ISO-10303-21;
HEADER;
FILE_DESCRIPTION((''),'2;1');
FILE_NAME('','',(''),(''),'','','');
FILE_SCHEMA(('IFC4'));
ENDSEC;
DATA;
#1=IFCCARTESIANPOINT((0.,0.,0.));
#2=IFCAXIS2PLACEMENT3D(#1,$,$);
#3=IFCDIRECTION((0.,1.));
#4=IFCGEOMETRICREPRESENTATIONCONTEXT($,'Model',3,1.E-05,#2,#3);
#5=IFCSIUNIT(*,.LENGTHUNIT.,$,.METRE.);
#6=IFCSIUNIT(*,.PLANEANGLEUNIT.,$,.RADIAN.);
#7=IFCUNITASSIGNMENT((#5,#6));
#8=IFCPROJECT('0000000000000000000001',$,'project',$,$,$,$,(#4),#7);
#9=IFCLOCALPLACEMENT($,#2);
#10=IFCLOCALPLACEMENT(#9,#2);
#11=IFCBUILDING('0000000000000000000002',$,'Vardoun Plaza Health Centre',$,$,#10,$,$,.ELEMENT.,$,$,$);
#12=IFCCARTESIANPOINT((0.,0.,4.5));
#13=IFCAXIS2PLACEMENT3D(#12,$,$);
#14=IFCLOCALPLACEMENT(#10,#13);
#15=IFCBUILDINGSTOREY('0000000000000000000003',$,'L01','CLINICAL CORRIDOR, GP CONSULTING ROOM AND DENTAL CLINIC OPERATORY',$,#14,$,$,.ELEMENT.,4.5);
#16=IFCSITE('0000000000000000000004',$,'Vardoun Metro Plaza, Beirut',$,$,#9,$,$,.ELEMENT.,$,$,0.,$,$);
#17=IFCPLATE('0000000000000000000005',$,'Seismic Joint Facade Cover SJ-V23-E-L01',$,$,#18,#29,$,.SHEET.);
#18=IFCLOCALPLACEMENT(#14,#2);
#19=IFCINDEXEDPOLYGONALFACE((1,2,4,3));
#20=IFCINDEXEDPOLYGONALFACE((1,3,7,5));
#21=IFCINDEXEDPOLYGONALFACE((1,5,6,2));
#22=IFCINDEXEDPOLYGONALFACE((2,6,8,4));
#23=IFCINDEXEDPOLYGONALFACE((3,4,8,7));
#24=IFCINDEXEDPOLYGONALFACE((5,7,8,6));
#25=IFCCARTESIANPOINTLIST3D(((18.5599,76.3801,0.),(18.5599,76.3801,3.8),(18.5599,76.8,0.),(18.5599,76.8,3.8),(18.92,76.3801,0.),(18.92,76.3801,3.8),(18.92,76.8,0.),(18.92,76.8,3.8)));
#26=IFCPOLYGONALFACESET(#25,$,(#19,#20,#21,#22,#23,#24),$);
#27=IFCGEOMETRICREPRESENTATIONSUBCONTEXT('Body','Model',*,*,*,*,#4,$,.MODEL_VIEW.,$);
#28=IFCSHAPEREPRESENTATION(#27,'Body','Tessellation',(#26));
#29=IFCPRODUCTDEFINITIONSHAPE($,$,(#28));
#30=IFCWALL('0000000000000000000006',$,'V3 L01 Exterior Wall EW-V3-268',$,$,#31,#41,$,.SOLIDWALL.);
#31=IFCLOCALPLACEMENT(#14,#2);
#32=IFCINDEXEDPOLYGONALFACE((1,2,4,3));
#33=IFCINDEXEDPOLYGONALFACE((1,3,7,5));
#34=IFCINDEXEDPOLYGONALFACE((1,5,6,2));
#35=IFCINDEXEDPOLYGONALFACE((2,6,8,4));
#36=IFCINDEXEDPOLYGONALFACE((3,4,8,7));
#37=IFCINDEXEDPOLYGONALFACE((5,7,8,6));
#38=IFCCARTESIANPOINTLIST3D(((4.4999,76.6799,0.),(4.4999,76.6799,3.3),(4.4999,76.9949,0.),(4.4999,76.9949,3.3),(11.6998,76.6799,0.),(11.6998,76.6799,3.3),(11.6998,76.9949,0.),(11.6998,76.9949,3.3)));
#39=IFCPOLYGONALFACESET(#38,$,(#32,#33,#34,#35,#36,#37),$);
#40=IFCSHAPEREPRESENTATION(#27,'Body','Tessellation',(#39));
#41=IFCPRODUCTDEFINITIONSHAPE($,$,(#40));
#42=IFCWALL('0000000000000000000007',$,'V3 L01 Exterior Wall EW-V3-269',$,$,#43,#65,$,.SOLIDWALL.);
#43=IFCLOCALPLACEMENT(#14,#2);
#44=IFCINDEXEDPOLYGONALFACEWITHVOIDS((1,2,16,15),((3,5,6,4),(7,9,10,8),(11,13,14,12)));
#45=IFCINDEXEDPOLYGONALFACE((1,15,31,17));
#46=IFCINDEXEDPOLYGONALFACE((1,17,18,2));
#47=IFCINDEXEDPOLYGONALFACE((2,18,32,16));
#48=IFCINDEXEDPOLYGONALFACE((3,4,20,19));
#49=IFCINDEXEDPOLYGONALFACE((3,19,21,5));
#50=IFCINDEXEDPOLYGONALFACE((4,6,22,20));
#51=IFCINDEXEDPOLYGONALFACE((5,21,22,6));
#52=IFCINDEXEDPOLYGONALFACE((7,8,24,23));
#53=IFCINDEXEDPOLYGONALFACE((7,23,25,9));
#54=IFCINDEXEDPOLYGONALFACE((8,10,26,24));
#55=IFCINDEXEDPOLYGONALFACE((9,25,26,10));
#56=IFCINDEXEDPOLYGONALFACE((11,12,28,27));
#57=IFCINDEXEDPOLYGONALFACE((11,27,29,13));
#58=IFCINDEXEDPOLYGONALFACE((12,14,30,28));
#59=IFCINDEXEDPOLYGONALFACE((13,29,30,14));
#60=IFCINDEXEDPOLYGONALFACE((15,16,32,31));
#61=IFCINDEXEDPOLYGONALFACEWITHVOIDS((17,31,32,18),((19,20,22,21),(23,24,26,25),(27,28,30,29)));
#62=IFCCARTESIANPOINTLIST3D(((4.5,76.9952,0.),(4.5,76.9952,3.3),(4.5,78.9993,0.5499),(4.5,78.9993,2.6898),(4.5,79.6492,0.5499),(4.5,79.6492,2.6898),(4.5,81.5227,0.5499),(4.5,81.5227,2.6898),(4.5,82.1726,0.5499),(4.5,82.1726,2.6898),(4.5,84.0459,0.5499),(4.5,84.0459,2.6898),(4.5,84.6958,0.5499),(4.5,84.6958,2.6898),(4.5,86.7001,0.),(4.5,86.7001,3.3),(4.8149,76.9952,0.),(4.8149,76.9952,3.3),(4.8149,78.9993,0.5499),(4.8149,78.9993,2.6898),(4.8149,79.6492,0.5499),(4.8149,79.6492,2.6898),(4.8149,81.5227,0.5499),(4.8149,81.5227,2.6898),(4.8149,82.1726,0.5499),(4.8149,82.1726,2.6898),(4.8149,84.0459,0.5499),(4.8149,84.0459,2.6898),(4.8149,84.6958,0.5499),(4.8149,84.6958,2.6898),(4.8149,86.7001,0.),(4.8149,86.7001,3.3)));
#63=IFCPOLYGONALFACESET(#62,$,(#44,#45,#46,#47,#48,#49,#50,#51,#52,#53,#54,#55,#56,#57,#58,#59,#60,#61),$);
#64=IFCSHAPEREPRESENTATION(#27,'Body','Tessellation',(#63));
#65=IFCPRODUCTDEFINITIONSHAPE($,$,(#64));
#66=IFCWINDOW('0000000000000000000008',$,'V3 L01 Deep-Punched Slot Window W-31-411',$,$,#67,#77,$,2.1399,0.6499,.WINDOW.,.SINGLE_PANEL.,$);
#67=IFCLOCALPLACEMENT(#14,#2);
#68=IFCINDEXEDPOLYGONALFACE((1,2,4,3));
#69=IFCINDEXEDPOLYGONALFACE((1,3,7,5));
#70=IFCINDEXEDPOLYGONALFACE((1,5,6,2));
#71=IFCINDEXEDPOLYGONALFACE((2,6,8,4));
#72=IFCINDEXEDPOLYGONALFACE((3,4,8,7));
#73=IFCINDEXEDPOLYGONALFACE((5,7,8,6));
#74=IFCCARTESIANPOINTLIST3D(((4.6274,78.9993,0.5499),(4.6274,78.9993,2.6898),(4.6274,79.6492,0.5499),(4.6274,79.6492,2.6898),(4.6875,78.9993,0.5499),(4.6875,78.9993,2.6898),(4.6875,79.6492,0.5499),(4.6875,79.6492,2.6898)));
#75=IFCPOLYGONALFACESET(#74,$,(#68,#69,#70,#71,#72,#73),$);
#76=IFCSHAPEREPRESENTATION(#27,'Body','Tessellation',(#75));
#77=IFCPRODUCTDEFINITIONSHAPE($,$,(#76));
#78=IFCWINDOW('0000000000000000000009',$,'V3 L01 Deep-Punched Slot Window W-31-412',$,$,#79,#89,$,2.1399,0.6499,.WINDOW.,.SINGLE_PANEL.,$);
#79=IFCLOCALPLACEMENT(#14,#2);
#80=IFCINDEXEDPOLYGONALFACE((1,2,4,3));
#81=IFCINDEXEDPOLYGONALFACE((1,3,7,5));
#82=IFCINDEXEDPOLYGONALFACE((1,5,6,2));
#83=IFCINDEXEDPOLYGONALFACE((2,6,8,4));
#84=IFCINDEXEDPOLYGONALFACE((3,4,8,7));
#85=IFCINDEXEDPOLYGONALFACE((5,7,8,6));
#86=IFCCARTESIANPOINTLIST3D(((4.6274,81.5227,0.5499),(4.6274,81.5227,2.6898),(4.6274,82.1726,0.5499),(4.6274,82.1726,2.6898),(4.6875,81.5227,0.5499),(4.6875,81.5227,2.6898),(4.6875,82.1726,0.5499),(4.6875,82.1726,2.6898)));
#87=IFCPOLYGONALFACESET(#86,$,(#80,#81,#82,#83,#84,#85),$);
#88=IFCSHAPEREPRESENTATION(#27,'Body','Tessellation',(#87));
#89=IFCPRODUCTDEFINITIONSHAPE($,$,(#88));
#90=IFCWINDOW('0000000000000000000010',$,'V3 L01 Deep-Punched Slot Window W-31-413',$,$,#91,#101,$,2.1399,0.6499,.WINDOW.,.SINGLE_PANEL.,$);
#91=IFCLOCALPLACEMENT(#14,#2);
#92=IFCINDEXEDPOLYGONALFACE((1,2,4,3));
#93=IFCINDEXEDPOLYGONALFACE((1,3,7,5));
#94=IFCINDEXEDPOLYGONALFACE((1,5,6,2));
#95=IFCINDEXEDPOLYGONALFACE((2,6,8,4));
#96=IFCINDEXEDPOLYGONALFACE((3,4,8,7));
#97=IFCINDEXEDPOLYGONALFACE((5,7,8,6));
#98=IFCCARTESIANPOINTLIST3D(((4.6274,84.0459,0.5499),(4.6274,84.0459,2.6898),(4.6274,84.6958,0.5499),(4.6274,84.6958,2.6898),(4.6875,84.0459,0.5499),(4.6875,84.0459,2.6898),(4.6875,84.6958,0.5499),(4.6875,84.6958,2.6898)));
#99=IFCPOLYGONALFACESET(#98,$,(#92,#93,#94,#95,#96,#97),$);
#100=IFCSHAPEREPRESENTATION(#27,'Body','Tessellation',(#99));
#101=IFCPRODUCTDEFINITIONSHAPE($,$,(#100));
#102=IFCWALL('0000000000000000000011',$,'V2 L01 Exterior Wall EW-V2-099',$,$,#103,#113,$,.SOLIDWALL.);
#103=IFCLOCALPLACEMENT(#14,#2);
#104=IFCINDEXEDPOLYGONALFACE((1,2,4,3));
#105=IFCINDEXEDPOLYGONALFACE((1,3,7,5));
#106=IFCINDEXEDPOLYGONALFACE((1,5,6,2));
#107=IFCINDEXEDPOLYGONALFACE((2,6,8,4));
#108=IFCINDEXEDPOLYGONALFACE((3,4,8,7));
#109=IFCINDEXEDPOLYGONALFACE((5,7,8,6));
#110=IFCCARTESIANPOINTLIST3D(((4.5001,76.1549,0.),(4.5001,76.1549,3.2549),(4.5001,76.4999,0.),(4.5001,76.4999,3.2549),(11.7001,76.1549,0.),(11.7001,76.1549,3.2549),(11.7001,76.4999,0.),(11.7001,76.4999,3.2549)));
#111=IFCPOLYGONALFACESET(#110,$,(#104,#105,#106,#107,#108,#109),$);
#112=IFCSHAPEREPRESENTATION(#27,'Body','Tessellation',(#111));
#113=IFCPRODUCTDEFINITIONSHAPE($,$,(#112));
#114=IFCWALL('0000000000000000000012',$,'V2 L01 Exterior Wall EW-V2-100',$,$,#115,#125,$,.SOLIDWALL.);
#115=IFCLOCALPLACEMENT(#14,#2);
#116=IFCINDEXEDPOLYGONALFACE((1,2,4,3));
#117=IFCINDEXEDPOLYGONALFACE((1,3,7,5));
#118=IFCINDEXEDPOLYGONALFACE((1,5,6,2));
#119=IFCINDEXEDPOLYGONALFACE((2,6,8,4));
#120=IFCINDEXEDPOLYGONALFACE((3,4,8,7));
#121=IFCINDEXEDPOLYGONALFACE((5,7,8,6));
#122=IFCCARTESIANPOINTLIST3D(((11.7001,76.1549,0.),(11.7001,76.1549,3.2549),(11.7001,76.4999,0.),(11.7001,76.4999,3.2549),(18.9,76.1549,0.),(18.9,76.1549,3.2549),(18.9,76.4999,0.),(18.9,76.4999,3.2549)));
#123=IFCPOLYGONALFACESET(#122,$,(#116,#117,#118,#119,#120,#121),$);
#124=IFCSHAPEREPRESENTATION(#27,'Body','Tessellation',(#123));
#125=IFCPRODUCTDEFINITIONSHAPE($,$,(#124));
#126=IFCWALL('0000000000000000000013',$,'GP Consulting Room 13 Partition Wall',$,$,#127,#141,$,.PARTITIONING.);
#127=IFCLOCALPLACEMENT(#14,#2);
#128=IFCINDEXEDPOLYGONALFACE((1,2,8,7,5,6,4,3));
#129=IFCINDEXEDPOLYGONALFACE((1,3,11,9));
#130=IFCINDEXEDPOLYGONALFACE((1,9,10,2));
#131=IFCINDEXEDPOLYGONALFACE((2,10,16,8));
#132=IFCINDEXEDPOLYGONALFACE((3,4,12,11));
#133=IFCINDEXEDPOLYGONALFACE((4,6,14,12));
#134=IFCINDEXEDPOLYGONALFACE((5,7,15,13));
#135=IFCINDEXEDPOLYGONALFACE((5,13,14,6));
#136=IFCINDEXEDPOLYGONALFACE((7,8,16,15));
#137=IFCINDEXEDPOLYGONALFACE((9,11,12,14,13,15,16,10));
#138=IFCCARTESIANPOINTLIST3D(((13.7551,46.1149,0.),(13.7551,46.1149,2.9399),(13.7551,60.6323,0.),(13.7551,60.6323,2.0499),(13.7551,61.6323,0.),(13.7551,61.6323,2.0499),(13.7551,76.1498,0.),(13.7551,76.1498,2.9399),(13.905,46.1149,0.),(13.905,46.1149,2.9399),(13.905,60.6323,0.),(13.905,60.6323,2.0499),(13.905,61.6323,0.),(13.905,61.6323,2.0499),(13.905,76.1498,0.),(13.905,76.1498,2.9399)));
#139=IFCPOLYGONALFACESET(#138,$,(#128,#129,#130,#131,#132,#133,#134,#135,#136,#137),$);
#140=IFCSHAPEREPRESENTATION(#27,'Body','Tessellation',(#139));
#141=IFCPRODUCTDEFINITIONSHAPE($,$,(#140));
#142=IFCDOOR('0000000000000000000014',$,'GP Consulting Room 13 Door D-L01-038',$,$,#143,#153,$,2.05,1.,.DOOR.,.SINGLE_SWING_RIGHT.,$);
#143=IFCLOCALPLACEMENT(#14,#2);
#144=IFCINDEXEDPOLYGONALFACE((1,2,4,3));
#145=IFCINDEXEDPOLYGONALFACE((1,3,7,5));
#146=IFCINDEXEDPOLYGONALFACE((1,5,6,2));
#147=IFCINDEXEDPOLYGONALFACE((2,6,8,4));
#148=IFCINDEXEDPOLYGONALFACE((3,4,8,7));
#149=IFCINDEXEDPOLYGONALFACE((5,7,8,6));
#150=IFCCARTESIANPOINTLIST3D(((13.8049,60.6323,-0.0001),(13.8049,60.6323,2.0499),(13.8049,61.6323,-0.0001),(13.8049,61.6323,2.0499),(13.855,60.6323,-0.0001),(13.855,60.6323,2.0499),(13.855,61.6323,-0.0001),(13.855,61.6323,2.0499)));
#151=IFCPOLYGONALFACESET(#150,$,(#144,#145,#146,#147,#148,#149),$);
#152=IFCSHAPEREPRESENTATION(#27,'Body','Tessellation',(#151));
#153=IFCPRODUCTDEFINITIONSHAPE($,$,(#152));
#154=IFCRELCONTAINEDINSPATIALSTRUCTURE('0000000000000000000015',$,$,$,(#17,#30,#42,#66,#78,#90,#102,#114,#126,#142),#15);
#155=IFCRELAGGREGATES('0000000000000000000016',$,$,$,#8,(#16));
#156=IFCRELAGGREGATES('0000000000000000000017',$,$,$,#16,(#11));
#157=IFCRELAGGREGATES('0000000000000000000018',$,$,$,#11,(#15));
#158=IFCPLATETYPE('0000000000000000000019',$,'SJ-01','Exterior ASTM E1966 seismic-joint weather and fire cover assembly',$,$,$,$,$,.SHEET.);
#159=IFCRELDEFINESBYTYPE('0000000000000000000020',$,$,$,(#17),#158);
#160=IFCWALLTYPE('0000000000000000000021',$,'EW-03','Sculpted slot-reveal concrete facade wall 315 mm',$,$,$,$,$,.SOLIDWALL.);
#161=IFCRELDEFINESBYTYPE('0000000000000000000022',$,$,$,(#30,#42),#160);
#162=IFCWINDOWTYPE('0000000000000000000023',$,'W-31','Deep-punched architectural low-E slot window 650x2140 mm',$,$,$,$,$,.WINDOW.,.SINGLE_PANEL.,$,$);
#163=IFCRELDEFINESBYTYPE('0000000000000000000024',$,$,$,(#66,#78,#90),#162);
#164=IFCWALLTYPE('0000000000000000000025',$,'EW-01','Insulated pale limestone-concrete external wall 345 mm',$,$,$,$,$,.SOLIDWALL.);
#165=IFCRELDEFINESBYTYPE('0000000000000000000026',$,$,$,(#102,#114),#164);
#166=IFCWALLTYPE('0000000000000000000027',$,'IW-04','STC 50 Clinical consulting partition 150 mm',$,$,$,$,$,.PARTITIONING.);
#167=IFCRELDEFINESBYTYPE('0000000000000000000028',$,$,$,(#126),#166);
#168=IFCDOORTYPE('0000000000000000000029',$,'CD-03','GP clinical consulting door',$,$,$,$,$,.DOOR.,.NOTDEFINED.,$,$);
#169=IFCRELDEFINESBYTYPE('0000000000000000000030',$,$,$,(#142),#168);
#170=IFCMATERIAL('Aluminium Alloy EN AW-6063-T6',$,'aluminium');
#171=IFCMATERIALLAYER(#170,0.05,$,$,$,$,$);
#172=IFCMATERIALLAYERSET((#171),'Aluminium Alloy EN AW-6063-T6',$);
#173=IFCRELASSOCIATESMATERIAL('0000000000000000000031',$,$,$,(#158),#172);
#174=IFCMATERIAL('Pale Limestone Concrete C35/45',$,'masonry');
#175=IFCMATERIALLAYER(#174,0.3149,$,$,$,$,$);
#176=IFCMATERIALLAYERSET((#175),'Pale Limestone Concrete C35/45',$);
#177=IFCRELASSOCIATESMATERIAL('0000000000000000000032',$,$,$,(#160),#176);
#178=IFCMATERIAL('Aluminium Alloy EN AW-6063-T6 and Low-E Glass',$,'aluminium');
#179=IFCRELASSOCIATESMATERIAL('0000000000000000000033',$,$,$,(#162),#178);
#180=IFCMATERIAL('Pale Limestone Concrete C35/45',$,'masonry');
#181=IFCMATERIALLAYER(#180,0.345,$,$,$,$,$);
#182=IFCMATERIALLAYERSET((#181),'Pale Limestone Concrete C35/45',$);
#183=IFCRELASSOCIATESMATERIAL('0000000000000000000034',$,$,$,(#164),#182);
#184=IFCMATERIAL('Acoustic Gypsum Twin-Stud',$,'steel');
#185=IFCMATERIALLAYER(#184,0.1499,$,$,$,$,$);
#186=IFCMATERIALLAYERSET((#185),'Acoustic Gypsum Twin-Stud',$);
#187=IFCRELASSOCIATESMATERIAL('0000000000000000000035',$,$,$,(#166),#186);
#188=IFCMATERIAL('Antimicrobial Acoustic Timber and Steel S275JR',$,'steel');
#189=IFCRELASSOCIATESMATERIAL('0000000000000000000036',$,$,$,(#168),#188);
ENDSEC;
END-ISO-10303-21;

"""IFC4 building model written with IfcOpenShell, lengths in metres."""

from ifc_helpers import new_model, si_unit, direction, frame, frame_2d, origin, origin_2d, place, context, subcontext, project, spatial, rectangle, extrude, material, layer, layer_set, type_object, element, fill, save


model = new_model("IFC4")

# Units and contexts
model_context = context("Model", 3, precision=1e-05, world=origin(), true_north=direction((0.0, 1.0)))
body_context = subcontext(model_context, "Body", "Model", "MODEL_VIEW")
ifc_project = project(units=[si_unit("LENGTHUNIT", "METRE"), si_unit("PLANEANGLEUNIT", "RADIAN")], contexts=[model_context])

# Site, building, storey
site_placement = place(None, origin())
site = spatial("IfcSite", under=ifc_project, at=site_placement, Name="Vardoun Metro Plaza, Beirut", CompositionType="ELEMENT", RefElevation=0.0)
building_placement = place(site_placement, origin())
building = spatial("IfcBuilding", under=site, at=building_placement, Name="Vardoun Plaza Health Centre", CompositionType="ELEMENT")
storey_placement = place(building_placement, frame((0.0, 0.0, 4.5)))
storey = spatial("IfcBuildingStorey", under=building, at=storey_placement, Name="L01", Description="CLINICAL CORRIDOR, GP CONSULTING ROOM AND DENTAL CLINIC OPERATORY", CompositionType="ELEMENT", Elevation=4.5)

# Plate
ifc_material_1 = material(Name="Aluminium Alloy EN AW-6063-T6", Category="aluminium")
ifc_layer_1 = layer(ifc_material_1, 0.05)
ifc_layer_set_1 = layer_set([ifc_layer_1], Name="Aluminium Alloy EN AW-6063-T6")
plate_type_1 = type_object("IfcPlateType", Name="SJ-01", Description="Exterior ASTM E1966 seismic-joint weather and fire cover assembly", PredefinedType="SHEET", material=ifc_layer_set_1)
for number, where, z_axis, x_axis, name in (
    (1, (18.74, 76.5901, 0.0), (0.0, 0.0, 1.0), (1.0, 0.0, 0.0), "Seismic Joint Facade Cover SJ-V23-E-L01"),
):
    element("IfcPlate", number, at=place(storey_placement, frame(where, z_axis=z_axis, x_axis=x_axis)), inside=storey, type_object=plate_type_1, Name=name, PredefinedType="SHEET", context=body_context, shape_type="SweptSolid", body=[
        extrude(rectangle(XDim=0.3601, YDim=0.4199, at=origin_2d()), origin(), (0.0, 0.0, 1.0), 3.8),
    ])

# Wall
ifc_material_2 = material(Name="Pale Limestone Concrete C35/45", Category="masonry")
ifc_layer_2 = layer(ifc_material_2, 0.3149)
ifc_layer_set_2 = layer_set([ifc_layer_2], Name="Pale Limestone Concrete C35/45")
wall_type_1 = type_object("IfcWallType", Name="EW-03", Description="Sculpted slot-reveal concrete facade wall 315 mm", PredefinedType="SOLIDWALL", material=ifc_layer_set_2)
wall_1_placement = place(storey_placement, frame((11.7, 76.8374, 0.0), z_axis=(0.0, 0.0, 1.0), x_axis=(-1.0, 0.0, 0.0)))
element("IfcWall", 2, at=wall_1_placement, inside=storey, type_object=wall_type_1, Name="V3 L01 Exterior Wall EW-V3-268", PredefinedType="SOLIDWALL", context=body_context, shape_type="SweptSolid", body=[
    extrude(rectangle(XDim=7.2, YDim=0.3149, at=frame_2d((3.6001, 0.0))), origin(), (0.0, 0.0, 1.0), 3.3),
])

# Wall, openings, windows
wall_2_placement = place(storey_placement, frame((4.6575, 76.9951, 0.0), z_axis=(0.0, 0.0, 1.0), x_axis=(0.0, 1.0, 0.0)))
wall_2 = element("IfcWall", 3, at=wall_2_placement, inside=storey, type_object=wall_type_1, Name="V3 L01 Exterior Wall EW-V3-269", PredefinedType="SOLIDWALL", context=body_context, shape_type="SweptSolid", body=[
    extrude(rectangle(XDim=9.7048, YDim=0.3149, at=frame_2d((4.8525, 0.0))), origin(), (0.0, 0.0, 1.0), 3.3),
])
opening_1_placement = place(wall_2_placement, frame((2.0042, 0.0, 0.55)))
opening_1 = element("IfcOpeningElement", 4, at=opening_1_placement, cuts=wall_2, PredefinedType="OPENING", context=body_context, shape_type="SweptSolid", body=[
    extrude(rectangle(XDim=0.6499, YDim=2.1399, at=frame_2d((0.325, 1.0698))), frame((0.0, 0.1575, 0.0), z_axis=(0.0, -1.0, 0.0), x_axis=(1.0, 0.0, 0.0)), (0.0, 0.0, 1.0), 0.3149),
])
opening_2_placement = place(wall_2_placement, frame((4.5276, 0.0, 0.55)))
opening_2 = element("IfcOpeningElement", 5, at=opening_2_placement, cuts=wall_2, PredefinedType="OPENING", context=body_context, shape_type="SweptSolid", body=[
    extrude(rectangle(XDim=0.6499, YDim=2.1399, at=frame_2d((0.325, 1.0698))), frame((0.0, 0.1575, 0.0), z_axis=(0.0, -1.0, 0.0), x_axis=(1.0, 0.0, 0.0)), (0.0, 0.0, 1.0), 0.3149),
])
opening_3_placement = place(wall_2_placement, frame((7.0508, 0.0, 0.55)))
opening_3 = element("IfcOpeningElement", 6, at=opening_3_placement, cuts=wall_2, PredefinedType="OPENING", context=body_context, shape_type="SweptSolid", body=[
    extrude(rectangle(XDim=0.6499, YDim=2.1399, at=frame_2d((0.325, 1.0698))), frame((0.0, 0.1575, 0.0), z_axis=(0.0, -1.0, 0.0), x_axis=(1.0, 0.0, 0.0)), (0.0, 0.0, 1.0), 0.3149),
])
ifc_material_3 = material(Name="Aluminium Alloy EN AW-6063-T6 and Low-E Glass", Category="aluminium")
window_type_1 = type_object("IfcWindowType", Name="W-31", Description="Deep-punched architectural low-E slot window 650x2140 mm", PartitioningType="SINGLE_PANEL", PredefinedType="WINDOW", material=ifc_material_3)
window_1_placement = place(opening_1_placement, origin())
window_1 = element("IfcWindow", 7, at=window_1_placement, inside=storey, type_object=window_type_1, Name="V3 L01 Deep-Punched Slot Window W-31-411", OverallHeight=2.1399, OverallWidth=0.6499, PartitioningType="SINGLE_PANEL", PredefinedType="WINDOW", context=body_context, shape_type="SweptSolid", body=[
    extrude(rectangle(XDim=0.6499, YDim=2.1399, at=frame_2d((0.325, 1.0698))), frame((0.0, 0.03, 0.0), z_axis=(0.0, -1.0, 0.0), x_axis=(1.0, 0.0, 0.0)), (0.0, 0.0, 1.0), 0.0601),
])
fill(opening_1, window_1)
window_2_placement = place(opening_2_placement, origin())
window_2 = element("IfcWindow", 8, at=window_2_placement, inside=storey, type_object=window_type_1, Name="V3 L01 Deep-Punched Slot Window W-31-412", OverallHeight=2.1399, OverallWidth=0.6499, PartitioningType="SINGLE_PANEL", PredefinedType="WINDOW", context=body_context, shape_type="SweptSolid", body=[
    extrude(rectangle(XDim=0.6499, YDim=2.1399, at=frame_2d((0.325, 1.0698))), frame((0.0, 0.03, 0.0), z_axis=(0.0, -1.0, 0.0), x_axis=(1.0, 0.0, 0.0)), (0.0, 0.0, 1.0), 0.0601),
])
fill(opening_2, window_2)
window_3_placement = place(opening_3_placement, origin())
window_3 = element("IfcWindow", 9, at=window_3_placement, inside=storey, type_object=window_type_1, Name="V3 L01 Deep-Punched Slot Window W-31-413", OverallHeight=2.1399, OverallWidth=0.6499, PartitioningType="SINGLE_PANEL", PredefinedType="WINDOW", context=body_context, shape_type="SweptSolid", body=[
    extrude(rectangle(XDim=0.6499, YDim=2.1399, at=frame_2d((0.325, 1.0698))), frame((0.0, 0.03, 0.0), z_axis=(0.0, -1.0, 0.0), x_axis=(1.0, 0.0, 0.0)), (0.0, 0.0, 1.0), 0.0601),
])
fill(opening_3, window_3)

# Walls
ifc_material_4 = material(Name="Pale Limestone Concrete C35/45", Category="masonry")
ifc_layer_3 = layer(ifc_material_4, 0.345)
ifc_layer_set_3 = layer_set([ifc_layer_3], Name="Pale Limestone Concrete C35/45")
wall_type_2 = type_object("IfcWallType", Name="EW-01", Description="Insulated pale limestone-concrete external wall 345 mm", PredefinedType="SOLIDWALL", material=ifc_layer_set_3)
for number, where, z_axis, x_axis, name in (
    (10, (4.5, 76.3274, 0.0), (0.0, 0.0, 1.0), (1.0, 0.0, 0.0), "V2 L01 Exterior Wall EW-V2-099"),
    (11, (11.7, 76.3274, 0.0), (0.0, 0.0, 1.0), (1.0, 0.0, 0.0), "V2 L01 Exterior Wall EW-V2-100"),
):
    element("IfcWall", number, at=place(storey_placement, frame(where, z_axis=z_axis, x_axis=x_axis)), inside=storey, type_object=wall_type_2, Name=name, PredefinedType="SOLIDWALL", context=body_context, shape_type="SweptSolid", body=[
        extrude(rectangle(XDim=7.2, YDim=0.345, at=frame_2d((3.6001, 0.0))), origin(), (0.0, 0.0, 1.0), 3.2549),
    ])

# Wall, opening, door
ifc_material_5 = material(Name="Acoustic Gypsum Twin-Stud", Category="steel")
ifc_layer_4 = layer(ifc_material_5, 0.1499)
ifc_layer_set_4 = layer_set([ifc_layer_4], Name="Acoustic Gypsum Twin-Stud")
wall_type_3 = type_object("IfcWallType", Name="IW-04", Description="STC 50 Clinical consulting partition 150 mm", PredefinedType="PARTITIONING", material=ifc_layer_set_4)
wall_3_placement = place(storey_placement, frame((13.8301, 76.1499, 0.0), z_axis=(0.0, 0.0, 1.0), x_axis=(0.0, -1.0, 0.0)))
wall_3 = element("IfcWall", 12, at=wall_3_placement, inside=storey, type_object=wall_type_3, Name="GP Consulting Room 13 Partition Wall", PredefinedType="PARTITIONING", context=body_context, shape_type="SweptSolid", body=[
    extrude(rectangle(XDim=30.0349, YDim=0.1499, at=frame_2d((15.0176, 0.0))), origin(), (0.0, 0.0, 1.0), 2.9399),
])
opening_4_placement = place(wall_3_placement, frame((14.5176, 0.0, 0.0)))
opening_4 = element("IfcOpeningElement", 13, at=opening_4_placement, cuts=wall_3, PredefinedType="OPENING", context=body_context, shape_type="SweptSolid", body=[
    extrude(rectangle(XDim=1.0, YDim=2.05, at=frame_2d((0.5, 1.0249))), frame((0.0, 0.075, 0.0), z_axis=(0.0, -1.0, 0.0), x_axis=(1.0, 0.0, 0.0)), (0.0, 0.0, 1.0), 0.1499),
])
ifc_material_6 = material(Name="Antimicrobial Acoustic Timber and Steel S275JR", Category="steel")
door_type_1 = type_object("IfcDoorType", Name="CD-03", Description="GP clinical consulting door", OperationType="NOTDEFINED", PredefinedType="DOOR", material=ifc_material_6)
door_1_placement = place(opening_4_placement, origin())
door_1 = element("IfcDoor", 14, at=door_1_placement, inside=storey, type_object=door_type_1, Name="GP Consulting Room 13 Door D-L01-038", OperationType="SINGLE_SWING_RIGHT", OverallHeight=2.05, OverallWidth=1.0, PredefinedType="DOOR", context=body_context, shape_type="SweptSolid", body=[
    extrude(rectangle(XDim=1.0, YDim=2.05, at=frame_2d((0.5, 1.0249))), frame((0.0, 0.0249, 0.0), z_axis=(0.0, -1.0, 0.0), x_axis=(1.0, 0.0, 0.0)), (0.0, 0.0, 1.0), 0.05),
])
fill(opening_4, door_1)

save(model, "model.ifc")
